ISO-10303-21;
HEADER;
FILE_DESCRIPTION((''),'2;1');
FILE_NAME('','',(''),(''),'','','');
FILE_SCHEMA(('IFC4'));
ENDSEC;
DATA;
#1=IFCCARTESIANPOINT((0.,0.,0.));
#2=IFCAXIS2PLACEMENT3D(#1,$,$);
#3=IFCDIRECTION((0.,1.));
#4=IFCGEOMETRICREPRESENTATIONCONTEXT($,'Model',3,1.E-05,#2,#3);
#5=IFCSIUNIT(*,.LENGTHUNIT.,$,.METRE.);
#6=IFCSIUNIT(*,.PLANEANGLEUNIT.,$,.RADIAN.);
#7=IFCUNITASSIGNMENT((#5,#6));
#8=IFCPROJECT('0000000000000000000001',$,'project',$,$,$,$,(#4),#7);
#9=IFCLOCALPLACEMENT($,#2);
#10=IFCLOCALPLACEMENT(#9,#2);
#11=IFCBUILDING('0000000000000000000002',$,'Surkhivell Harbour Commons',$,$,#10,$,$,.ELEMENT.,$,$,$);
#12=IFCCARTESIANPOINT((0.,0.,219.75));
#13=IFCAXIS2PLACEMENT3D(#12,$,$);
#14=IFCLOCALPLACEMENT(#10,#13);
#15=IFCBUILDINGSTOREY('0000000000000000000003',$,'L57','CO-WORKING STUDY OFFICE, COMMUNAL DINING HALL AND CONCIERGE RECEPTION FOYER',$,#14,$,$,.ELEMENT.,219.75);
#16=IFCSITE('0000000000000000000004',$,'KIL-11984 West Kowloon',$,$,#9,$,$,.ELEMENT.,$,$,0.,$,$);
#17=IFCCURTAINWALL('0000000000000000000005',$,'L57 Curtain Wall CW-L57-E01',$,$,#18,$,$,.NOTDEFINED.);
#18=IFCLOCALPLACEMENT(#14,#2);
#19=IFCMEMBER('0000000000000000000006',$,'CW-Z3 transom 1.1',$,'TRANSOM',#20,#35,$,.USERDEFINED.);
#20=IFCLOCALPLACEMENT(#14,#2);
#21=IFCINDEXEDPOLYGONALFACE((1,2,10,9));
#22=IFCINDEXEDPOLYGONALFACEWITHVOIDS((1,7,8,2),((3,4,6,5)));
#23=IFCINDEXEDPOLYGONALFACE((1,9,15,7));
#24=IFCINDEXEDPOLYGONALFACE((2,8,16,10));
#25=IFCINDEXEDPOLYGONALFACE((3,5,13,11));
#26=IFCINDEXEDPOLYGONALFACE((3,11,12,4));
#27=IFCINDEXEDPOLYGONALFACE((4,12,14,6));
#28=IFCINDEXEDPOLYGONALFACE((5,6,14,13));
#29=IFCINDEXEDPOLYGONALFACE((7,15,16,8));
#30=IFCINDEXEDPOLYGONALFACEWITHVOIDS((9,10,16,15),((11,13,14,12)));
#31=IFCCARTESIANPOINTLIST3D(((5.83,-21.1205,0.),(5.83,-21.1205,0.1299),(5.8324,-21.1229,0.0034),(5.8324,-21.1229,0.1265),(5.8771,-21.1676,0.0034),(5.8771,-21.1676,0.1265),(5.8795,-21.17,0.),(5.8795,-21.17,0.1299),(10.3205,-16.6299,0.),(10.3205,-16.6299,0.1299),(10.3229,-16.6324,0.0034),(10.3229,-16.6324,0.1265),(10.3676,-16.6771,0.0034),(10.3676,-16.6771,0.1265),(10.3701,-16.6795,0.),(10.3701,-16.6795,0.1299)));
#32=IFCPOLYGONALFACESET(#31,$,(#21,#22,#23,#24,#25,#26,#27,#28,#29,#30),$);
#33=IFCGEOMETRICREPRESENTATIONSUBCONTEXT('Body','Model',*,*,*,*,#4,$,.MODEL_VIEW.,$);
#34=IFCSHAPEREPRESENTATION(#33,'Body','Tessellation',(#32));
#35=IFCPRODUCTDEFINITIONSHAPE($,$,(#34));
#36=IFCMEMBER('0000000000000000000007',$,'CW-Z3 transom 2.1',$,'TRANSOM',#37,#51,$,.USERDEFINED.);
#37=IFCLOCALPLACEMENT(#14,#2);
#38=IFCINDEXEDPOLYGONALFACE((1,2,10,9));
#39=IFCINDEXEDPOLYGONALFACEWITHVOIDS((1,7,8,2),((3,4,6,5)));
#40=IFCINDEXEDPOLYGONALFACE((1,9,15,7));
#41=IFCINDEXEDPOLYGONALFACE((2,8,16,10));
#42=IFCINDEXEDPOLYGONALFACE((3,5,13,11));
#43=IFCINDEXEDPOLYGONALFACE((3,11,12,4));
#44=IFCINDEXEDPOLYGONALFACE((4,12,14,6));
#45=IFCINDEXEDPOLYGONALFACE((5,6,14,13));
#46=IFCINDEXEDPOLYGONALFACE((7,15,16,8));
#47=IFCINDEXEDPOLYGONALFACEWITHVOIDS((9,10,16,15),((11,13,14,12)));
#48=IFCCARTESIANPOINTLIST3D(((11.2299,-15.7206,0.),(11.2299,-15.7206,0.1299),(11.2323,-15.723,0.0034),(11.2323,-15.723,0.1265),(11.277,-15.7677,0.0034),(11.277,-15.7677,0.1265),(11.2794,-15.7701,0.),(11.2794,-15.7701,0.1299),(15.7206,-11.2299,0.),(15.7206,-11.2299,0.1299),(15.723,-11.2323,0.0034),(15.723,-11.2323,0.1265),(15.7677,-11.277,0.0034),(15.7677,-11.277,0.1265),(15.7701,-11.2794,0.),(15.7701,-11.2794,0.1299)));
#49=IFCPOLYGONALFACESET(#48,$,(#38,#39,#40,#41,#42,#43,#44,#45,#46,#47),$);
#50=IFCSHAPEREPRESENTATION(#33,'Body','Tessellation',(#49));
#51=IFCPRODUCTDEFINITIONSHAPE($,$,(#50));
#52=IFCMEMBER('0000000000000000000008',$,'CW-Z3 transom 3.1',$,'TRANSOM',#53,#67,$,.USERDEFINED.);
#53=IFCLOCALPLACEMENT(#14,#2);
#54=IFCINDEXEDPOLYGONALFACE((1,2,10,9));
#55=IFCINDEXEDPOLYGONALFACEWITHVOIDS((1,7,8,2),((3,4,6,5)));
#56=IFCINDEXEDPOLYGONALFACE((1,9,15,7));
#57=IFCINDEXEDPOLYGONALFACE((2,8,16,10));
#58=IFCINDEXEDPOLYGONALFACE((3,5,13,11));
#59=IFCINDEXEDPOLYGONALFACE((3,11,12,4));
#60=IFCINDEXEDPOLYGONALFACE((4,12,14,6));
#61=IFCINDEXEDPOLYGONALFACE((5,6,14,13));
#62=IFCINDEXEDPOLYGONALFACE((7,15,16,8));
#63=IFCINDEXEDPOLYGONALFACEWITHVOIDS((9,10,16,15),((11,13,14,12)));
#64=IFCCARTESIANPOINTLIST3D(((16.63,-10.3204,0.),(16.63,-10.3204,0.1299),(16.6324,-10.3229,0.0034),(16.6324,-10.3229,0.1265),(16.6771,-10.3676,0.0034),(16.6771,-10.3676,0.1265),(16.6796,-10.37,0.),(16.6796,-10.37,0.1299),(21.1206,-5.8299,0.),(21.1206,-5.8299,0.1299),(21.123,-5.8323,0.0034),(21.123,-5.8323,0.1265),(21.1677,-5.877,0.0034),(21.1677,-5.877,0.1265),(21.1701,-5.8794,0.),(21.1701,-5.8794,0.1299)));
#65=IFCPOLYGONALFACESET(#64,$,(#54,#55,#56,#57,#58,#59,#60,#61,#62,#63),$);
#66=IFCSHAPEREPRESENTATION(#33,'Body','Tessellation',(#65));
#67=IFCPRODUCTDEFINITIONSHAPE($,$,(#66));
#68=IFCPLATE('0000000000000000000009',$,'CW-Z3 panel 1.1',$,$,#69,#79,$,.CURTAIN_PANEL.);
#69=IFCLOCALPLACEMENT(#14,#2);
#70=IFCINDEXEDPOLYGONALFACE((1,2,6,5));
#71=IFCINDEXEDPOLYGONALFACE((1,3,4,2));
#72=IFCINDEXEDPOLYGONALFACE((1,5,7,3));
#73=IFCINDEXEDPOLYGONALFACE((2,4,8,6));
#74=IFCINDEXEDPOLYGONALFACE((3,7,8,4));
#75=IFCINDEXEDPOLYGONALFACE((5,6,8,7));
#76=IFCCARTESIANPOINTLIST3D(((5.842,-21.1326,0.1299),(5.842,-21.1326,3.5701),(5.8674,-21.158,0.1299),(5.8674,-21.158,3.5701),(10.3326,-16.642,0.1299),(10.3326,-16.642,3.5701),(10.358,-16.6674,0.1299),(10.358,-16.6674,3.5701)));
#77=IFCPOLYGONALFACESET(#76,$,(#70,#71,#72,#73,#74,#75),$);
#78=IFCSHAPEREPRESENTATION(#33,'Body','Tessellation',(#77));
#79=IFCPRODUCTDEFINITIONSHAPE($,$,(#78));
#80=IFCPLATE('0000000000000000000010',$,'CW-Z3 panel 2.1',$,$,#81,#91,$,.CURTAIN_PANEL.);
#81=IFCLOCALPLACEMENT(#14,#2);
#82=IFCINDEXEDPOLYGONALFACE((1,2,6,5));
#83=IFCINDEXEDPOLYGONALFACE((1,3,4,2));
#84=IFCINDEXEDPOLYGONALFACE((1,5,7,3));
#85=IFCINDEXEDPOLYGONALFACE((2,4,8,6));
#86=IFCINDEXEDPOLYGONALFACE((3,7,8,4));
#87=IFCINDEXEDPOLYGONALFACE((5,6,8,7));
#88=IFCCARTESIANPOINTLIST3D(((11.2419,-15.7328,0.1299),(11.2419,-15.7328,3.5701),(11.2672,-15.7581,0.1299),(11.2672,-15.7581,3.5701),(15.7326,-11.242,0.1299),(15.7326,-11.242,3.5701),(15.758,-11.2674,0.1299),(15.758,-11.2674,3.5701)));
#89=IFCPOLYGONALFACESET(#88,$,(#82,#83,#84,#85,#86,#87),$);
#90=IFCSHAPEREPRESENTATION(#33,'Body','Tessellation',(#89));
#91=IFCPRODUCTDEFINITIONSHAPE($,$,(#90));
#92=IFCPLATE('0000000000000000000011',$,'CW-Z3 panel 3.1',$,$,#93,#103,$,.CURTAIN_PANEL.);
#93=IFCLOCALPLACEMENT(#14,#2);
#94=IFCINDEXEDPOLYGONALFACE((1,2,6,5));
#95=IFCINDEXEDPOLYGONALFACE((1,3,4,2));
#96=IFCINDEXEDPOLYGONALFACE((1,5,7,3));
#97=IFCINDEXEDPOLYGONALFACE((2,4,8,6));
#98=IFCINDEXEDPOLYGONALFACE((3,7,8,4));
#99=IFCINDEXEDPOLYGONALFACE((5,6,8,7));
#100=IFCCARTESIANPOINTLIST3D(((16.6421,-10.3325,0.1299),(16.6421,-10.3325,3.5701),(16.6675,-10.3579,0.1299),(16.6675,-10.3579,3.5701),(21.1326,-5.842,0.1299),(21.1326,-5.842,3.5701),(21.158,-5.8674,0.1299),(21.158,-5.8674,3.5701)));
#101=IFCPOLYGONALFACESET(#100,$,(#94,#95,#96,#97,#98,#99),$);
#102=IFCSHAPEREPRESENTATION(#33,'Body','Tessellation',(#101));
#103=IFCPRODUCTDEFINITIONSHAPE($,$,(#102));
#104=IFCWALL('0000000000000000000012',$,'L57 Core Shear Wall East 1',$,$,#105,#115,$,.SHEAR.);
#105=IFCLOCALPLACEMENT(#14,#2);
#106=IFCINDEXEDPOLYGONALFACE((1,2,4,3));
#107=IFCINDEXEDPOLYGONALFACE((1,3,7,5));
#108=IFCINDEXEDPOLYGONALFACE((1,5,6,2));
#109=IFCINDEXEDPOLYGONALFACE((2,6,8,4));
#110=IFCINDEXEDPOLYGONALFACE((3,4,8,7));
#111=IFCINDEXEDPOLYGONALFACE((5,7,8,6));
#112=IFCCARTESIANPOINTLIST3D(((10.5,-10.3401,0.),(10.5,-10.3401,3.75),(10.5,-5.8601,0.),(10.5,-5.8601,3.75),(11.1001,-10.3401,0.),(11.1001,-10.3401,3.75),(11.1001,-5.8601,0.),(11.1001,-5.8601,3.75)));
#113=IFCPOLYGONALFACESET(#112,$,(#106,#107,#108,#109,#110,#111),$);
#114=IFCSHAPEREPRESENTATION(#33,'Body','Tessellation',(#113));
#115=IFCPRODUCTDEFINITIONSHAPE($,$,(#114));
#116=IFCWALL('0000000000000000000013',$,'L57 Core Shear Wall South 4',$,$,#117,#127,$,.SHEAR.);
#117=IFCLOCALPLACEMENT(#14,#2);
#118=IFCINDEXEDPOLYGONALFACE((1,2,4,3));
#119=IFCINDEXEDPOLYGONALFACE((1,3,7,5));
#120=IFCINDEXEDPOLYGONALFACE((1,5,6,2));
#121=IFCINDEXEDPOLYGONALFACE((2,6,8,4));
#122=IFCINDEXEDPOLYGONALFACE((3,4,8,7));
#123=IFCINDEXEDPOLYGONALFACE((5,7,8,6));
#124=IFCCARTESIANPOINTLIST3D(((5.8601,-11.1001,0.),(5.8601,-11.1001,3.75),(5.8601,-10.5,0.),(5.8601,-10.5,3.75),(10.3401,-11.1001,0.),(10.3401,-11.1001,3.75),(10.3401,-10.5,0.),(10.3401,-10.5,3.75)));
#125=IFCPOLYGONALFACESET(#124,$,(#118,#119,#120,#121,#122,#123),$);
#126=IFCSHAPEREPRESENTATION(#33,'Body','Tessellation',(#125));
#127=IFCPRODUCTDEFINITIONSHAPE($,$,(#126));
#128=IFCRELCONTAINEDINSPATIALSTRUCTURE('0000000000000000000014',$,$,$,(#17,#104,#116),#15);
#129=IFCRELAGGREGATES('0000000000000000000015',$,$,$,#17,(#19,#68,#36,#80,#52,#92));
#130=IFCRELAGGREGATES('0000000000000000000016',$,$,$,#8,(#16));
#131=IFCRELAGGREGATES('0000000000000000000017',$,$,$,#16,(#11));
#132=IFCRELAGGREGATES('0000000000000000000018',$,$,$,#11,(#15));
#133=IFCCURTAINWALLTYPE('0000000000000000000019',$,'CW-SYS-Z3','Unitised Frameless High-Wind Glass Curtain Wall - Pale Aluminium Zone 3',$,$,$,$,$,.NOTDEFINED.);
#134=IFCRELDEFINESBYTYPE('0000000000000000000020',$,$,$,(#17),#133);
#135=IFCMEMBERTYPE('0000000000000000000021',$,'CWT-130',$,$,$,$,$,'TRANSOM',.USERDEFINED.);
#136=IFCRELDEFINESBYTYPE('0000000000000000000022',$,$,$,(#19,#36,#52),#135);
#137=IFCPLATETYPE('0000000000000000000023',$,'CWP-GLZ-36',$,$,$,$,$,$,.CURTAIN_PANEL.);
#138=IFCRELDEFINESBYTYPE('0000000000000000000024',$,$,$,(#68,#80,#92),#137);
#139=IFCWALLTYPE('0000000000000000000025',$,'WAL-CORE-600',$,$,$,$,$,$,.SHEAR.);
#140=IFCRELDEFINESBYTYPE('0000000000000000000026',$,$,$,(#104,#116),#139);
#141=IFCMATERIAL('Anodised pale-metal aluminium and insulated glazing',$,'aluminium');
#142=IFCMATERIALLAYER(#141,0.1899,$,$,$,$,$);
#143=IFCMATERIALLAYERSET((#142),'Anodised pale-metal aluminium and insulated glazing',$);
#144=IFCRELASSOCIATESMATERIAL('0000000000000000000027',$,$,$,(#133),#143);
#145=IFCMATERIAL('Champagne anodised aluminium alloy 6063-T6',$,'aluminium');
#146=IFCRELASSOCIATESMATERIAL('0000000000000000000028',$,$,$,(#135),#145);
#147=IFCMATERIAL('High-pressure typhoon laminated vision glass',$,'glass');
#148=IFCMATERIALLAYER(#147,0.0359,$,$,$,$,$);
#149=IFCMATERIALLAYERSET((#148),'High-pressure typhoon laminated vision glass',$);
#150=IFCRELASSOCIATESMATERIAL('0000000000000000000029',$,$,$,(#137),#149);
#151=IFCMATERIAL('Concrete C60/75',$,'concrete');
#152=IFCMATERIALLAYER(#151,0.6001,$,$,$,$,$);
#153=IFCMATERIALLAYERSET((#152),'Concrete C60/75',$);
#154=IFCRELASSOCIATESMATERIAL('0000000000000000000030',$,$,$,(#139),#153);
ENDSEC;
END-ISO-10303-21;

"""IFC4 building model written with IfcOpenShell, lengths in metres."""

from ifc_helpers import new_model, si_unit, direction, frame, frame_2d, origin, origin_2d, place, context, subcontext, project, spatial, rectangle, hollow_rectangle, extrude, material, layer, layer_set, material_profile, profile_set, type_object, element, aggregate, save


model = new_model("IFC4")

# Units and contexts
model_context = context("Model", 3, precision=1e-05, world=origin(), true_north=direction((0.0, 1.0)))
body_context = subcontext(model_context, "Body", "Model", "MODEL_VIEW")
ifc_project = project(units=[si_unit("LENGTHUNIT", "METRE"), si_unit("PLANEANGLEUNIT", "RADIAN")], contexts=[model_context])

# Site, building, storey
site_placement = place(None, origin())
site = spatial("IfcSite", under=ifc_project, at=site_placement, Name="KIL-11984 West Kowloon", CompositionType="ELEMENT", RefElevation=0.0)
building_placement = place(site_placement, origin())
building = spatial("IfcBuilding", under=site, at=building_placement, Name="Surkhivell Harbour Commons", CompositionType="ELEMENT")
storey_placement = place(building_placement, frame((0.0, 0.0, 219.75)))
storey = spatial("IfcBuildingStorey", under=building, at=storey_placement, Name="L57", Description="CO-WORKING STUDY OFFICE, COMMUNAL DINING HALL AND CONCIERGE RECEPTION FOYER", CompositionType="ELEMENT", Elevation=219.75)

# Shared definitions
ifc_material_1 = material(Name="Concrete C60/75", Category="concrete")

# Curtain wall, members, plates
ifc_material_2 = material(Name="Anodised pale-metal aluminium and insulated glazing", Category="aluminium")
ifc_layer_1 = layer(ifc_material_2, 0.1899)
ifc_layer_set_1 = layer_set([ifc_layer_1], Name="Anodised pale-metal aluminium and insulated glazing")
curtain_wall_type = type_object("IfcCurtainWallType", Name="CW-SYS-Z3", Description="Unitised Frameless High-Wind Glass Curtain Wall - Pale Aluminium Zone 3", PredefinedType="NOTDEFINED", material=ifc_layer_set_1)
curtain_wall_placement = place(storey_placement, origin())
curtain_wall = element("IfcCurtainWall", 1, at=curtain_wall_placement, inside=storey, type_object=curtain_wall_type, Name="L57 Curtain Wall CW-L57-E01", PredefinedType="NOTDEFINED")
ifc_material_3 = material(Name="Champagne anodised aluminium alloy 6063-T6", Category="aluminium")
ifc_material_profile_1 = material_profile(ifc_material_3, hollow_rectangle(XDim=0.0701, YDim=0.1299, WallThickness=0.0034, at=origin_2d()), Name="ALU-TRAN-70x130")
ifc_profile_set_1 = profile_set([ifc_material_profile_1], Name="Champagne anodised aluminium alloy 6063-T6")
member_type_1 = type_object("IfcMemberType", Name="CWT-130", ElementType="TRANSOM", PredefinedType="USERDEFINED", material=ifc_profile_set_1)
member_1_placement = place(storey_placement, frame((5.8547, -21.1453, 0.0649), z_axis=(0.707107, 0.707107, 0.0), x_axis=(-0.707107, 0.707107, 0.0)))
member_1 = element("IfcMember", 2, at=member_1_placement, type_object=member_type_1, Name="CW-Z3 transom 1.1", ObjectType="TRANSOM", PredefinedType="USERDEFINED", context=body_context, shape_type="SweptSolid", body=[
    extrude(hollow_rectangle(XDim=0.0701, YDim=0.1299, WallThickness=0.0034, at=origin_2d()), origin(), (0.0, 0.0, 1.0), 6.3506),
])
member_2_placement = place(storey_placement, frame((11.2546, -15.7454, 0.0649), z_axis=(0.707107, 0.707107, 0.0), x_axis=(-0.707107, 0.707107, 0.0)))
member_2 = element("IfcMember", 3, at=member_2_placement, type_object=member_type_1, Name="CW-Z3 transom 2.1", ObjectType="TRANSOM", PredefinedType="USERDEFINED", context=body_context, shape_type="SweptSolid", body=[
    extrude(hollow_rectangle(XDim=0.0701, YDim=0.1299, WallThickness=0.0034, at=origin_2d()), origin(), (0.0, 0.0, 1.0), 6.3508),
])
member_3_placement = place(storey_placement, frame((16.6548, -10.3452, 0.0649), z_axis=(0.707107, 0.707107, 0.0), x_axis=(-0.707107, 0.707107, 0.0)))
member_3 = element("IfcMember", 4, at=member_3_placement, type_object=member_type_1, Name="CW-Z3 transom 3.1", ObjectType="TRANSOM", PredefinedType="USERDEFINED", context=body_context, shape_type="SweptSolid", body=[
    extrude(hollow_rectangle(XDim=0.0701, YDim=0.1299, WallThickness=0.0034, at=origin_2d()), origin(), (0.0, 0.0, 1.0), 6.3506),
])
ifc_material_4 = material(Name="High-pressure typhoon laminated vision glass", Category="glass")
ifc_layer_2 = layer(ifc_material_4, 0.0359)
ifc_layer_set_2 = layer_set([ifc_layer_2], Name="High-pressure typhoon laminated vision glass")
plate_type = type_object("IfcPlateType", Name="CWP-GLZ-36", PredefinedType="CURTAIN_PANEL", material=ifc_layer_set_2)
plate_1_placement = place(storey_placement, frame((5.8547, -21.1453, 0.1299), z_axis=(0.0, 0.0, 1.0), x_axis=(0.707107, 0.707107, 0.0)))
plate_1 = element("IfcPlate", 5, at=plate_1_placement, type_object=plate_type, Name="CW-Z3 panel 1.1", PredefinedType="CURTAIN_PANEL", context=body_context, shape_type="SweptSolid", body=[
    extrude(rectangle(XDim=6.3506, YDim=0.0359, at=frame_2d((3.1753, 0.0))), origin(), (0.0, 0.0, 1.0), 3.4402),
])
plate_2_placement = place(storey_placement, frame((11.2546, -15.7454, 0.1299), z_axis=(0.0, 0.0, 1.0), x_axis=(0.707107, 0.707107, 0.0)))
plate_2 = element("IfcPlate", 6, at=plate_2_placement, type_object=plate_type, Name="CW-Z3 panel 2.1", PredefinedType="CURTAIN_PANEL", context=body_context, shape_type="SweptSolid", body=[
    extrude(rectangle(XDim=6.3508, YDim=0.0359, at=frame_2d((3.1753, 0.0))), origin(), (0.0, 0.0, 1.0), 3.4402),
])
plate_3_placement = place(storey_placement, frame((16.6548, -10.3452, 0.1299), z_axis=(0.0, 0.0, 1.0), x_axis=(0.707107, 0.707107, 0.0)))
plate_3 = element("IfcPlate", 7, at=plate_3_placement, type_object=plate_type, Name="CW-Z3 panel 3.1", PredefinedType="CURTAIN_PANEL", context=body_context, shape_type="SweptSolid", body=[
    extrude(rectangle(XDim=6.3506, YDim=0.0359, at=frame_2d((3.1753, 0.0))), origin(), (0.0, 0.0, 1.0), 3.4402),
])
aggregate(curtain_wall, [member_1, plate_1, member_2, plate_2, member_3, plate_3])

# Walls
ifc_layer_3 = layer(ifc_material_1, 0.6001)
ifc_layer_set_3 = layer_set([ifc_layer_3], Name="Concrete C60/75")
wall_type_1 = type_object("IfcWallType", Name="WAL-CORE-600", PredefinedType="SHEAR", material=ifc_layer_set_3)
for number, where, z_axis, x_axis, name in (
    (8, (10.8, -10.3401, 0.0), (0.0, 0.0, 1.0), (0.0, 1.0, 0.0), "L57 Core Shear Wall East 1"),
    (9, (5.8601, -10.8, 0.0), (0.0, 0.0, 1.0), (1.0, 0.0, 0.0), "L57 Core Shear Wall South 4"),
):
    element("IfcWall", number, at=place(storey_placement, frame(where, z_axis=z_axis, x_axis=x_axis)), inside=storey, type_object=wall_type_1, Name=name, PredefinedType="SHEAR", context=body_context, shape_type="SweptSolid", body=[
        extrude(rectangle(XDim=4.48, YDim=0.6001, at=frame_2d((2.24, 0.0))), origin(), (0.0, 0.0, 1.0), 3.75),
    ])

save(model, "model.ifc")
